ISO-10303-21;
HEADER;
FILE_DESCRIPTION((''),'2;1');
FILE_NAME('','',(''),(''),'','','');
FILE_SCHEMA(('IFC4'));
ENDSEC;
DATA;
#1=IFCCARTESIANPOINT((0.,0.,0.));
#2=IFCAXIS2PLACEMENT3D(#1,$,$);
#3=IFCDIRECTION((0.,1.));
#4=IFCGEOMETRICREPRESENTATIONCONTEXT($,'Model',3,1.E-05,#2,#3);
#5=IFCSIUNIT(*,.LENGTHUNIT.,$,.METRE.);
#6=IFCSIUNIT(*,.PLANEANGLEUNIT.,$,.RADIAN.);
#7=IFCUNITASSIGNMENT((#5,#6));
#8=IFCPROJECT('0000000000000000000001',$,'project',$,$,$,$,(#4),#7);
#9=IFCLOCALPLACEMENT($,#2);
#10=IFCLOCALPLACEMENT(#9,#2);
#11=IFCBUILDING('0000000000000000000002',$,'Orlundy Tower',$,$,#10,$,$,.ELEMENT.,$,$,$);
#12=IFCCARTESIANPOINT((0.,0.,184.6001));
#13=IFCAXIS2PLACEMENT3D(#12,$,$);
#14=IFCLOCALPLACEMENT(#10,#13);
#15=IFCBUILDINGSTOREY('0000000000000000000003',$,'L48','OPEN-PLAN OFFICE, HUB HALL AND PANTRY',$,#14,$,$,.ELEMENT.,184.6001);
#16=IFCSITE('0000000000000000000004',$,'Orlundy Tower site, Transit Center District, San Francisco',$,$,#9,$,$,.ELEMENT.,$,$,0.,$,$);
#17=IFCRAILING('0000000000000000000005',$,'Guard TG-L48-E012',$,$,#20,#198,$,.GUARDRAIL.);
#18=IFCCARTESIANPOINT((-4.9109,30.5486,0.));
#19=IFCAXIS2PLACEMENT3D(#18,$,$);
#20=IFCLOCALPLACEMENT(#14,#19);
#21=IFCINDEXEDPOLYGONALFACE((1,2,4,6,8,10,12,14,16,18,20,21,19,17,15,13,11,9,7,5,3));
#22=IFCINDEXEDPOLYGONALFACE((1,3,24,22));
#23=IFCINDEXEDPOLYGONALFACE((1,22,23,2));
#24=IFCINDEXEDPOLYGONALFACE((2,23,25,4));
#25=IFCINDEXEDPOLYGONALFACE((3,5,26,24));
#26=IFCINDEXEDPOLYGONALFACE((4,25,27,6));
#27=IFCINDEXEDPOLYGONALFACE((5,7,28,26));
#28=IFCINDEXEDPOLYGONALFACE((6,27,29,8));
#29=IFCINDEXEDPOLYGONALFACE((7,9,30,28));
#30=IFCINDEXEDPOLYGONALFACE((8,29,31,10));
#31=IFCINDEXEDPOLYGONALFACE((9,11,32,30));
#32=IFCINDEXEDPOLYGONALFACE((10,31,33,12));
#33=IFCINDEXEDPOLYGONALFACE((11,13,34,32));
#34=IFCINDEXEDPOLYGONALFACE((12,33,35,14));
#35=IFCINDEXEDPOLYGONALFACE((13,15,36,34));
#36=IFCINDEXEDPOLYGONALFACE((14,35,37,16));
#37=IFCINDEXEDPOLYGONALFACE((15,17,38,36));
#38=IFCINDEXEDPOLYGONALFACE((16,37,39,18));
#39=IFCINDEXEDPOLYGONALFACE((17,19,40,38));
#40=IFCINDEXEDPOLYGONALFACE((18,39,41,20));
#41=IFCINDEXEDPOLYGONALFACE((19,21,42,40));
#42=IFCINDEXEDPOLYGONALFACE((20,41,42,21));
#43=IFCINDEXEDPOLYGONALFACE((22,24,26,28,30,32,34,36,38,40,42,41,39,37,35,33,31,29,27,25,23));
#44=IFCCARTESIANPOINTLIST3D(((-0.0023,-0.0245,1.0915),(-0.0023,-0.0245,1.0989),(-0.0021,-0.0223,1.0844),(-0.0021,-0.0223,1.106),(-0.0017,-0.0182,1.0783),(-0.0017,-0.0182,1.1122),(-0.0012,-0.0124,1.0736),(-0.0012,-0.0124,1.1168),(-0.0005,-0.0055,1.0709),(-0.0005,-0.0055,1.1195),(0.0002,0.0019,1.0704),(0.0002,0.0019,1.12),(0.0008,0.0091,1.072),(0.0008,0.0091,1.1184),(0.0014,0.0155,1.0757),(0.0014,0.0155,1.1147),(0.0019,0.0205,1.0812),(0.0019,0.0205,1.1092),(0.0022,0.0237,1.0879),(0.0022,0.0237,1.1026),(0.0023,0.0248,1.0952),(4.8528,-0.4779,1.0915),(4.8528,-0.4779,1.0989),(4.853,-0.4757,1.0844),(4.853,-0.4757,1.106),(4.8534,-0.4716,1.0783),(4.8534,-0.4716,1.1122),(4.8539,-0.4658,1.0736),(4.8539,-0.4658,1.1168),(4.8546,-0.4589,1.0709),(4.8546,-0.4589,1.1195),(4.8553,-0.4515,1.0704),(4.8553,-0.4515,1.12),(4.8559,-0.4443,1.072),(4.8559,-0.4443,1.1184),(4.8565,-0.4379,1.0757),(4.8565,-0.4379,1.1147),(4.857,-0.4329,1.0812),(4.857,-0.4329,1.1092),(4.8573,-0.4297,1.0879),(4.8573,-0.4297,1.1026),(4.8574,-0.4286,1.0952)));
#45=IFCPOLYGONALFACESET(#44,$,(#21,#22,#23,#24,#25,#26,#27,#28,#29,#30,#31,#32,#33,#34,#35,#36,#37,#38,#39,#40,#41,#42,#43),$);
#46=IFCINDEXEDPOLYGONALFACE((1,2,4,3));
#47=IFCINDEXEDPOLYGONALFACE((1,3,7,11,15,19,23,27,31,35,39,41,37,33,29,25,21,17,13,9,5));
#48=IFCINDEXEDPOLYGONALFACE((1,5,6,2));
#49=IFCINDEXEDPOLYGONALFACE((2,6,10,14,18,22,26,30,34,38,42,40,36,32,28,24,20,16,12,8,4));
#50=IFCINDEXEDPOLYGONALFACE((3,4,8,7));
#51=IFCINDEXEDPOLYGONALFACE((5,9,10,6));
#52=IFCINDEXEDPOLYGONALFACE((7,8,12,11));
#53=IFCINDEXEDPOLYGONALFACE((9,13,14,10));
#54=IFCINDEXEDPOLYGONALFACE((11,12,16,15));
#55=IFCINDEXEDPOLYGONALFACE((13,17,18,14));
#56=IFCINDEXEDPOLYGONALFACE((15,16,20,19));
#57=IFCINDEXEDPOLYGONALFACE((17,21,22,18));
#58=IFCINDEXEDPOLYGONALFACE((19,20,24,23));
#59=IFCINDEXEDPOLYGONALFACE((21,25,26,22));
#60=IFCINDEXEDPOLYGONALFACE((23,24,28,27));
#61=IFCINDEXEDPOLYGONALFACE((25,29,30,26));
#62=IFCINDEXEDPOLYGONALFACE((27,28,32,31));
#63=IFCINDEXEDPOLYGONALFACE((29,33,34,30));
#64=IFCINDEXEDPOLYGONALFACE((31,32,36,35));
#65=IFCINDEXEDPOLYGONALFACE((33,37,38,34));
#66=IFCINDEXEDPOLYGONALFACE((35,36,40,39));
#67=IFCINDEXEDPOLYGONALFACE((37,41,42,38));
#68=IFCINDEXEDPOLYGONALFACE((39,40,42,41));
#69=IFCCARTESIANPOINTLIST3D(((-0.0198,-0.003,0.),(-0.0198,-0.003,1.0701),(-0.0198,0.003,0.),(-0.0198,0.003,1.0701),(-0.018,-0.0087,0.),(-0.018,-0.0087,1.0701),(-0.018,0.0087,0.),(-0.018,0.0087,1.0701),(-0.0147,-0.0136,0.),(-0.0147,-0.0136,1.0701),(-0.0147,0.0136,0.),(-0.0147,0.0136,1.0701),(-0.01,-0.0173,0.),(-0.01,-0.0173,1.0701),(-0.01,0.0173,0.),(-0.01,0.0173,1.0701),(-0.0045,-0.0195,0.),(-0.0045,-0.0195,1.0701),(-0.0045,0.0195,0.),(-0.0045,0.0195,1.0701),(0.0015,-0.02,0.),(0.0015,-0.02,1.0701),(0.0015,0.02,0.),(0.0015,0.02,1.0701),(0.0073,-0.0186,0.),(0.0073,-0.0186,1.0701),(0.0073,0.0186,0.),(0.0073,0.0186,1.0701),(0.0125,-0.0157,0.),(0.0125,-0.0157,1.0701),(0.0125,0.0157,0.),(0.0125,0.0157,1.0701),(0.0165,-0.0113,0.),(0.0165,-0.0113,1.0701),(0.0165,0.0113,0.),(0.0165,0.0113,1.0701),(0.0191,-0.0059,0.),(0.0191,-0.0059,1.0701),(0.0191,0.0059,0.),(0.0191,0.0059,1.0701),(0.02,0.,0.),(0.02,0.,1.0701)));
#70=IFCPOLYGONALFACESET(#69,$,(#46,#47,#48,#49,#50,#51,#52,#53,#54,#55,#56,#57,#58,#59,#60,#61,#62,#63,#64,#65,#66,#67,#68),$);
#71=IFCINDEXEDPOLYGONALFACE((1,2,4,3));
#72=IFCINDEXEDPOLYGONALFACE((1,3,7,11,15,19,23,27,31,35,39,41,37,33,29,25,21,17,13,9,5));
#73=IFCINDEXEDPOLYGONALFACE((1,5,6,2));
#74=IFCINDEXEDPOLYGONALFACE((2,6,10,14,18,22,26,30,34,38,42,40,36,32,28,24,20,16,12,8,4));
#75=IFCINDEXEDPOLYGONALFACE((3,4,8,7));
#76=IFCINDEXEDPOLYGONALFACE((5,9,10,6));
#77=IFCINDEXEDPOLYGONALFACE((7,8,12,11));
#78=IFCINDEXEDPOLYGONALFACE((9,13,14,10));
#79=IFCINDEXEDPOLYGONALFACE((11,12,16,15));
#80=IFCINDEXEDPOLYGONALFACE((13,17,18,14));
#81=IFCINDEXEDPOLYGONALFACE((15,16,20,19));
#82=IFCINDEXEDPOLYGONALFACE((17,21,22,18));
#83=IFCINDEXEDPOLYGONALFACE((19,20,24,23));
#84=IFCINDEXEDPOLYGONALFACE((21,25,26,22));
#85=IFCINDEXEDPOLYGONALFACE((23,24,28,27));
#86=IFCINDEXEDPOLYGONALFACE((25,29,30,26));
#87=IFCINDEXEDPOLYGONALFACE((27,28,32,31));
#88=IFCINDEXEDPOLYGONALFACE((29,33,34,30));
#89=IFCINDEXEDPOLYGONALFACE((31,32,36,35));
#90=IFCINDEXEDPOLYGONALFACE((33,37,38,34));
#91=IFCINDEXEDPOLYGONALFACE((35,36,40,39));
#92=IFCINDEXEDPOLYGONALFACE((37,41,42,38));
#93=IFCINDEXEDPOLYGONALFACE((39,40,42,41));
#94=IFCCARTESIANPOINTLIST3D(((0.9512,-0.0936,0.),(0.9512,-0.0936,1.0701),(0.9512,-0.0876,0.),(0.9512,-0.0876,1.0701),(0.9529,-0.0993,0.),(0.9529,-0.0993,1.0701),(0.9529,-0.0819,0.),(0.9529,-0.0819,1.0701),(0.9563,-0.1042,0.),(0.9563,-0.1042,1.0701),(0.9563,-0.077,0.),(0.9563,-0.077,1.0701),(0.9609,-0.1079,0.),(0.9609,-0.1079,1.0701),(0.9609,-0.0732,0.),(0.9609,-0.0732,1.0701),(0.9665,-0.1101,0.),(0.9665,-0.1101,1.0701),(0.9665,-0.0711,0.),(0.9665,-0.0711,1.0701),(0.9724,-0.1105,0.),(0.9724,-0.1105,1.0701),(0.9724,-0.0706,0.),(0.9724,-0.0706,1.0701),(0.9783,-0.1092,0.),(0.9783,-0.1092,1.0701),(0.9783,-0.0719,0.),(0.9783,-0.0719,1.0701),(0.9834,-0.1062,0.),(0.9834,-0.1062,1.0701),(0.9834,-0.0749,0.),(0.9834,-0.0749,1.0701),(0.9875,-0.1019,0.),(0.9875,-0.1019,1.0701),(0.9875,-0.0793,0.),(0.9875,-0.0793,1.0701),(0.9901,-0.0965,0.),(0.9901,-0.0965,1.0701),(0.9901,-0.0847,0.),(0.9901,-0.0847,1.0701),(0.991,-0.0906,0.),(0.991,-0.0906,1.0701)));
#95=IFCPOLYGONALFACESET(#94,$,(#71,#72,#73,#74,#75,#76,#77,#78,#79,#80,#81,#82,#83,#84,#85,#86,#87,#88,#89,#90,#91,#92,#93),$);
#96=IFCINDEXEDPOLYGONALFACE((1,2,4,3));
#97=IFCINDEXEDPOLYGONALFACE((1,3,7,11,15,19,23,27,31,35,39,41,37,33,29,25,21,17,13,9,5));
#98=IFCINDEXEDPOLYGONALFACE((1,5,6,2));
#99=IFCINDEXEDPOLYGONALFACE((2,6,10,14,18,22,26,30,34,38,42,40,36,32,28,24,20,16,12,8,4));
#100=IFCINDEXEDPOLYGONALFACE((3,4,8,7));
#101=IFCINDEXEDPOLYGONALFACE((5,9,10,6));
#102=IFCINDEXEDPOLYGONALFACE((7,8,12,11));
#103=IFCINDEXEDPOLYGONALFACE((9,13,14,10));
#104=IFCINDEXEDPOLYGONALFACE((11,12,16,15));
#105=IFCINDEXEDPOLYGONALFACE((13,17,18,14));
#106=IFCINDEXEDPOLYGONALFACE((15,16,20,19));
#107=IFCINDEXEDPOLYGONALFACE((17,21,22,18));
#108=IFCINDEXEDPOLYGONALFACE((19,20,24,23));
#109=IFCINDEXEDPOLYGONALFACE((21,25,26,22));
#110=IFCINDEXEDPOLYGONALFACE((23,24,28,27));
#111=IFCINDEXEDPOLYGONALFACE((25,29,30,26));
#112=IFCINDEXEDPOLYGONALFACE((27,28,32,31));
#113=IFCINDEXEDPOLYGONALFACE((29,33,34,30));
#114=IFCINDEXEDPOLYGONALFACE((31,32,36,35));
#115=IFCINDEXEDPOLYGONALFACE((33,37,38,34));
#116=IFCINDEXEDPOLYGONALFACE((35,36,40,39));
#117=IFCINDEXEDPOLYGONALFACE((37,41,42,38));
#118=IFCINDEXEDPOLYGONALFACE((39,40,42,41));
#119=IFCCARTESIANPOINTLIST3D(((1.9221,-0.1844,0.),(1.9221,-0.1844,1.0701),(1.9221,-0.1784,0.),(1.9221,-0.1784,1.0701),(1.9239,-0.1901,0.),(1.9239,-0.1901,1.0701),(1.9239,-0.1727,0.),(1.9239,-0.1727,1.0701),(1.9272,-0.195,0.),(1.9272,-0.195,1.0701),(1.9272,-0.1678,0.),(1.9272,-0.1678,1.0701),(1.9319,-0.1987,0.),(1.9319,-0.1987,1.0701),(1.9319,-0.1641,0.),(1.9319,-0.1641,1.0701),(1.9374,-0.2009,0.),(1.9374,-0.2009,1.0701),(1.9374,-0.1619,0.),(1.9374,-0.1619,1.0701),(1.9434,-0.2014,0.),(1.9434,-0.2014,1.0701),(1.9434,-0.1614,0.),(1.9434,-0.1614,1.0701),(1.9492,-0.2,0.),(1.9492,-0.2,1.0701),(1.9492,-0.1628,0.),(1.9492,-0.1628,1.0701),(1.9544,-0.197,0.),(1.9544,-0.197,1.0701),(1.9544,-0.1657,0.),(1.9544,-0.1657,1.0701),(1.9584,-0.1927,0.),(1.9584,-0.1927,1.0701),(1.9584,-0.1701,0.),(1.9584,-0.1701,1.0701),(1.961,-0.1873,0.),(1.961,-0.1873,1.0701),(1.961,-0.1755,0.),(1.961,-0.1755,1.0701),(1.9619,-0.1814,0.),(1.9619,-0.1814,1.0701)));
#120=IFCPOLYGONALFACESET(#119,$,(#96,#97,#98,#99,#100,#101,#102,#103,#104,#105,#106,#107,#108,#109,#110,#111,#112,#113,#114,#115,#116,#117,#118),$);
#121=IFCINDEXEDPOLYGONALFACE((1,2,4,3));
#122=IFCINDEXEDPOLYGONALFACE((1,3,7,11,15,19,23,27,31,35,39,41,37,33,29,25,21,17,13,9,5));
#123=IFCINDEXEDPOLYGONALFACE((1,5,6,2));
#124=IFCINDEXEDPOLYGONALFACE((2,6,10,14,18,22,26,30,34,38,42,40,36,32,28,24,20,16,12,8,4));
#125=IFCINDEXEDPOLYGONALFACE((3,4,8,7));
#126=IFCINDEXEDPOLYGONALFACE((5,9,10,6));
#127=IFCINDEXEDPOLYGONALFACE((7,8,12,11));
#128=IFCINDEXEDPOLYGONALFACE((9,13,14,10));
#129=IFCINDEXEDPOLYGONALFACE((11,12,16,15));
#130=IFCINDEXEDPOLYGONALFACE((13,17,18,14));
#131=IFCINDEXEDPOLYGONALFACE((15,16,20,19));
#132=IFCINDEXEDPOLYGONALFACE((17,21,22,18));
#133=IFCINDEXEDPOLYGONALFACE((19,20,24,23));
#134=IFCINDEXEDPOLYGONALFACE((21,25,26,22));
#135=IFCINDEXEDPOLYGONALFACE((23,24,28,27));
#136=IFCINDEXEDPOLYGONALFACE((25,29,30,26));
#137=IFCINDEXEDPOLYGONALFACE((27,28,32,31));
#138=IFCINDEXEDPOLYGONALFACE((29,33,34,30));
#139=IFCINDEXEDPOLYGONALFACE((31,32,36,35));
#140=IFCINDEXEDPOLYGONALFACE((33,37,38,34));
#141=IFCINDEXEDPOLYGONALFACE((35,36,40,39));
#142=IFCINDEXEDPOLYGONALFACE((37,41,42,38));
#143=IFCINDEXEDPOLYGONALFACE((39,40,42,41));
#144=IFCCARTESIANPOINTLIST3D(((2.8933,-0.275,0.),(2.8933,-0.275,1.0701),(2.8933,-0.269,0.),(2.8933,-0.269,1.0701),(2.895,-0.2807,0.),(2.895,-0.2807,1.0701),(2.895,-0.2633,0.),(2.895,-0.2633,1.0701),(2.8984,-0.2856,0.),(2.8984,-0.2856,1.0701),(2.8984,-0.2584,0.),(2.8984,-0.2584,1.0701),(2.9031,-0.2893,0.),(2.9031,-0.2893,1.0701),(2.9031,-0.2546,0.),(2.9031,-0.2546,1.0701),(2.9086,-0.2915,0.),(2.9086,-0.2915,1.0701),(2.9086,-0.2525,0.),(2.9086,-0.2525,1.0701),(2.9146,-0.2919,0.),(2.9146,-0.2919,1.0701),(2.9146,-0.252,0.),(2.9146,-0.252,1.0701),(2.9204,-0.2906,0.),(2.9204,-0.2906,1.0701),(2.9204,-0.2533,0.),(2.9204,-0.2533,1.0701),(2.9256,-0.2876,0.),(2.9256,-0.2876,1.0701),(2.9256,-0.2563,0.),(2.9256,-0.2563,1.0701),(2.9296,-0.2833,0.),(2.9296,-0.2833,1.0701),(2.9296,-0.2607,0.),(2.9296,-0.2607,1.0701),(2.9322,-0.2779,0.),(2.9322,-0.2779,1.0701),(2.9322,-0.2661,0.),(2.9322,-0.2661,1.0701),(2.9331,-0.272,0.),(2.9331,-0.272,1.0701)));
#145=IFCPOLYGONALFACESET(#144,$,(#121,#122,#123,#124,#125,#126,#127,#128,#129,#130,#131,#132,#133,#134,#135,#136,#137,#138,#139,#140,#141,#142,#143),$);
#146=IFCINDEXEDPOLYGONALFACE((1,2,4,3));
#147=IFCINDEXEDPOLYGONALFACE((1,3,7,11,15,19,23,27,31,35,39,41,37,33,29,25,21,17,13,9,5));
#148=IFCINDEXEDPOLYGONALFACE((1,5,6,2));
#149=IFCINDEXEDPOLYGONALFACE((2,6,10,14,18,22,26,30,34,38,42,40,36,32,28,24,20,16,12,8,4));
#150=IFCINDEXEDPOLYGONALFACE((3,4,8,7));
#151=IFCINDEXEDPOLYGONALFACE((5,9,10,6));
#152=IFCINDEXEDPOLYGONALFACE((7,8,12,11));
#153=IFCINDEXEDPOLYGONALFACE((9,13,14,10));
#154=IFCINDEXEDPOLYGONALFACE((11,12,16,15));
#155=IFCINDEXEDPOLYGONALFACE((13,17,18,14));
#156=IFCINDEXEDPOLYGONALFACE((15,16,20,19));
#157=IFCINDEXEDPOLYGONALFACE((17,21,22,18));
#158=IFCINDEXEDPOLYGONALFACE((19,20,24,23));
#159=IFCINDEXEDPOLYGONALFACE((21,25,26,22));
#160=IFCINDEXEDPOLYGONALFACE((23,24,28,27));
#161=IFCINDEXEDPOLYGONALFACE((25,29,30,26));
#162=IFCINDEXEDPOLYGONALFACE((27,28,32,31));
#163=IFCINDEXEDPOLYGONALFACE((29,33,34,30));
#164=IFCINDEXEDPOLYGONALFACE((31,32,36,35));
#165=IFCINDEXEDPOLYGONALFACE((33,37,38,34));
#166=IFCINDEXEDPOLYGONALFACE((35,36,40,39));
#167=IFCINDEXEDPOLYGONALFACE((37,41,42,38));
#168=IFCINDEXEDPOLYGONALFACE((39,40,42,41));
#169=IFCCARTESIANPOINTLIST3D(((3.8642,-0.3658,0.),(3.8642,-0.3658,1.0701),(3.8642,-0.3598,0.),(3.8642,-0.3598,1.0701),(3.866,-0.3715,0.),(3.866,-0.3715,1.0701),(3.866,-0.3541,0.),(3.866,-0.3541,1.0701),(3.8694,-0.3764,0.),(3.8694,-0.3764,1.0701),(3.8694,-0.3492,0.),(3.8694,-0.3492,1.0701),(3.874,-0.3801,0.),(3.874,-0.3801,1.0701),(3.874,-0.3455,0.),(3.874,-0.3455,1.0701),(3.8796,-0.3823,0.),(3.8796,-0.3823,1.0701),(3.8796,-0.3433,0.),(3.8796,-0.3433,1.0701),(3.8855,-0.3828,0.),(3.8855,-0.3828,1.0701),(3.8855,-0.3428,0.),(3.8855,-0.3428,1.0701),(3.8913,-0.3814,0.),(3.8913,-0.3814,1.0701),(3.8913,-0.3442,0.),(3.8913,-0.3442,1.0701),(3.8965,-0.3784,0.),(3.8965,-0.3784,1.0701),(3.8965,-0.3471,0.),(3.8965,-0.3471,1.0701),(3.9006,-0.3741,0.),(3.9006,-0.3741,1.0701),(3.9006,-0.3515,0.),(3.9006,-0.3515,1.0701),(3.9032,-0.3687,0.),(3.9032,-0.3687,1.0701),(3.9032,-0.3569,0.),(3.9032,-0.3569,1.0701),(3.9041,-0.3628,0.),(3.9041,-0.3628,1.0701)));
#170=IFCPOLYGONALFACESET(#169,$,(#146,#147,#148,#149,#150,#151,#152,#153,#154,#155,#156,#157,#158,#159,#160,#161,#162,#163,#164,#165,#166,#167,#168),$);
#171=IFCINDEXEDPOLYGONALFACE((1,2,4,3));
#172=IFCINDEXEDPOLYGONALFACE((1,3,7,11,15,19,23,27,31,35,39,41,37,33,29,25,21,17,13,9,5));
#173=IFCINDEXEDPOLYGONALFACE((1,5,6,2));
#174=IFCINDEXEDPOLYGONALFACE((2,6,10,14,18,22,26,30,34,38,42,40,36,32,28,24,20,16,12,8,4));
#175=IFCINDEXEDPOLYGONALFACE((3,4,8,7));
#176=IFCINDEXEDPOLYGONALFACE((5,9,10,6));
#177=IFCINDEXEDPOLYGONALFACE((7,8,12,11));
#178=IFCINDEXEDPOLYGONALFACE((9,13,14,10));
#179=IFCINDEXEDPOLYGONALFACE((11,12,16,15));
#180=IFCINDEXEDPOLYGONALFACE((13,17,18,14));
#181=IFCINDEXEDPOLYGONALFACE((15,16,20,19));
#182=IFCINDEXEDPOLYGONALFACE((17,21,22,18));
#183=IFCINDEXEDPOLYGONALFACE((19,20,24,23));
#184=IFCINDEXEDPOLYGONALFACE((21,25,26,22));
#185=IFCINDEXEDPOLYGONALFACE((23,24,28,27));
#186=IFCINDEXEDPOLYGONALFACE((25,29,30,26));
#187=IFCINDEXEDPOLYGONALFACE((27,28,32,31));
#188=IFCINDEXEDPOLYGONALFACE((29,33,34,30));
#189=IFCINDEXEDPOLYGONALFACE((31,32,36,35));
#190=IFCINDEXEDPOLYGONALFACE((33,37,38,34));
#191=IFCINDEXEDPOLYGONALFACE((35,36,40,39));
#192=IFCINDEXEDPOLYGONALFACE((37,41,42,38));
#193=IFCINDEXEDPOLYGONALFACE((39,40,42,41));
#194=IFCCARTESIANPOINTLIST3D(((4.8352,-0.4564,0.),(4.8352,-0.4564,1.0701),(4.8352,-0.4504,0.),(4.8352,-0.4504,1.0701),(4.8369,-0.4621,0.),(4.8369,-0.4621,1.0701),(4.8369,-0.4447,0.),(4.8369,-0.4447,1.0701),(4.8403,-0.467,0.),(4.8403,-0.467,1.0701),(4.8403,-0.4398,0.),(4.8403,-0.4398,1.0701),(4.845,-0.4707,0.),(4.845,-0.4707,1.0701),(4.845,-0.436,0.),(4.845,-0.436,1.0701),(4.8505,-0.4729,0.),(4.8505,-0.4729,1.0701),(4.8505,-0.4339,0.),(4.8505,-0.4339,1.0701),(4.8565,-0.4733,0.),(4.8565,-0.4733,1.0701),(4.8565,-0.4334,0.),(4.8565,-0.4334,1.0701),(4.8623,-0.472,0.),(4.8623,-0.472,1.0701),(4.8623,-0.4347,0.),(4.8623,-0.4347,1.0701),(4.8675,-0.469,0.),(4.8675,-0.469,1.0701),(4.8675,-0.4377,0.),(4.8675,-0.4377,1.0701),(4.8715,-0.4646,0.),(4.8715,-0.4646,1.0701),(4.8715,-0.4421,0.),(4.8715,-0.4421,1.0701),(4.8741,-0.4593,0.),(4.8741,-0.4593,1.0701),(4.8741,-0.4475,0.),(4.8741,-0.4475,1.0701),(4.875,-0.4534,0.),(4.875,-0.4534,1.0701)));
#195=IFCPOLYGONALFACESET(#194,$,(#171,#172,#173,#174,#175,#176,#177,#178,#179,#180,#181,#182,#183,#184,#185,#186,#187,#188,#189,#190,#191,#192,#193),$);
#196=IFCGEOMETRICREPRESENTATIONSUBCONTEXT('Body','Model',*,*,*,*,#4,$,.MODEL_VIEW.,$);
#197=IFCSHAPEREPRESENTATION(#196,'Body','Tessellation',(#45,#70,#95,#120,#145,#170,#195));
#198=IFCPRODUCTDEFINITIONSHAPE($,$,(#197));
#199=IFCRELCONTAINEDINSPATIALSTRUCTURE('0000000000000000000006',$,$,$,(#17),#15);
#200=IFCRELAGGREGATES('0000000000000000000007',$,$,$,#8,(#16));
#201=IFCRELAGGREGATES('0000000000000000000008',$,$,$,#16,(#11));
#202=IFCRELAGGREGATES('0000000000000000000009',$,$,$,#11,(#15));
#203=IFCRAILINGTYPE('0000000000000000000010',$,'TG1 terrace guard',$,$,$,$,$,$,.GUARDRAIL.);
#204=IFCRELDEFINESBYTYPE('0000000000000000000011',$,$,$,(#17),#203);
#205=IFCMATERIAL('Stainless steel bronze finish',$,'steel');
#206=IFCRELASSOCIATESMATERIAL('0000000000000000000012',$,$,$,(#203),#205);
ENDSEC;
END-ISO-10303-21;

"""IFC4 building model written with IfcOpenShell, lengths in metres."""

from ifc_helpers import new_model, si_unit, direction, frame, origin, origin_2d, place, context, subcontext, project, spatial, circle, extrude, material, type_object, element, save


model = new_model("IFC4")

# Units and contexts
model_context = context("Model", 3, precision=1e-05, world=origin(), true_north=direction((0.0, 1.0)))
body_context = subcontext(model_context, "Body", "Model", "MODEL_VIEW")
ifc_project = project(units=[si_unit("LENGTHUNIT", "METRE"), si_unit("PLANEANGLEUNIT", "RADIAN")], contexts=[model_context])

# Site, building, storey
site_placement = place(None, origin())
site = spatial("IfcSite", under=ifc_project, at=site_placement, Name="Orlundy Tower site, Transit Center District, San Francisco", CompositionType="ELEMENT", RefElevation=0.0)
building_placement = place(site_placement, origin())
building = spatial("IfcBuilding", under=site, at=building_placement, Name="Orlundy Tower", CompositionType="ELEMENT")
storey_placement = place(building_placement, frame((0.0, 0.0, 184.6001)))
storey = spatial("IfcBuildingStorey", under=building, at=storey_placement, Name="L48", Description="OPEN-PLAN OFFICE, HUB HALL AND PANTRY", CompositionType="ELEMENT", Elevation=184.6001)

# Railing
ifc_material_1 = material(Name="Stainless steel bronze finish", Category="steel")
railing_type_1 = type_object("IfcRailingType", Name="TG1 terrace guard", PredefinedType="GUARDRAIL", material=ifc_material_1)
railing_1_placement = place(storey_placement, frame((-4.9109, 30.5486, 0.0)))
element("IfcRailing", 1, at=railing_1_placement, inside=storey, type_object=railing_type_1, Name="Guard TG-L48-E012", PredefinedType="GUARDRAIL", context=body_context, shape_type="SweptSolid", body=[
    extrude(circle(Radius=0.0249, at=origin_2d()), frame((0.0, 0.0, 1.0952), z_axis=(0.995668, -0.092978, 0.0), x_axis=(0.092978, 0.995668, 0.0)), (0.0, 0.0, 1.0), 4.8762),
    extrude(circle(Radius=0.02, at=origin_2d()), origin(), (0.0, 0.0, 1.0), 1.0701),
    extrude(circle(Radius=0.02, at=origin_2d()), frame((0.9709, -0.0906, 0.0)), (0.0, 0.0, 1.0), 1.0701),
    extrude(circle(Radius=0.02, at=origin_2d()), frame((1.9419, -0.1814, 0.0)), (0.0, 0.0, 1.0), 1.0701),
    extrude(circle(Radius=0.02, at=origin_2d()), frame((2.9131, -0.272, 0.0)), (0.0, 0.0, 1.0), 1.0701),
    extrude(circle(Radius=0.02, at=origin_2d()), frame((3.884, -0.3628, 0.0)), (0.0, 0.0, 1.0), 1.0701),
    extrude(circle(Radius=0.02, at=origin_2d()), frame((4.855, -0.4534, 0.0)), (0.0, 0.0, 1.0), 1.0701),
])

save(model, "model.ifc")
